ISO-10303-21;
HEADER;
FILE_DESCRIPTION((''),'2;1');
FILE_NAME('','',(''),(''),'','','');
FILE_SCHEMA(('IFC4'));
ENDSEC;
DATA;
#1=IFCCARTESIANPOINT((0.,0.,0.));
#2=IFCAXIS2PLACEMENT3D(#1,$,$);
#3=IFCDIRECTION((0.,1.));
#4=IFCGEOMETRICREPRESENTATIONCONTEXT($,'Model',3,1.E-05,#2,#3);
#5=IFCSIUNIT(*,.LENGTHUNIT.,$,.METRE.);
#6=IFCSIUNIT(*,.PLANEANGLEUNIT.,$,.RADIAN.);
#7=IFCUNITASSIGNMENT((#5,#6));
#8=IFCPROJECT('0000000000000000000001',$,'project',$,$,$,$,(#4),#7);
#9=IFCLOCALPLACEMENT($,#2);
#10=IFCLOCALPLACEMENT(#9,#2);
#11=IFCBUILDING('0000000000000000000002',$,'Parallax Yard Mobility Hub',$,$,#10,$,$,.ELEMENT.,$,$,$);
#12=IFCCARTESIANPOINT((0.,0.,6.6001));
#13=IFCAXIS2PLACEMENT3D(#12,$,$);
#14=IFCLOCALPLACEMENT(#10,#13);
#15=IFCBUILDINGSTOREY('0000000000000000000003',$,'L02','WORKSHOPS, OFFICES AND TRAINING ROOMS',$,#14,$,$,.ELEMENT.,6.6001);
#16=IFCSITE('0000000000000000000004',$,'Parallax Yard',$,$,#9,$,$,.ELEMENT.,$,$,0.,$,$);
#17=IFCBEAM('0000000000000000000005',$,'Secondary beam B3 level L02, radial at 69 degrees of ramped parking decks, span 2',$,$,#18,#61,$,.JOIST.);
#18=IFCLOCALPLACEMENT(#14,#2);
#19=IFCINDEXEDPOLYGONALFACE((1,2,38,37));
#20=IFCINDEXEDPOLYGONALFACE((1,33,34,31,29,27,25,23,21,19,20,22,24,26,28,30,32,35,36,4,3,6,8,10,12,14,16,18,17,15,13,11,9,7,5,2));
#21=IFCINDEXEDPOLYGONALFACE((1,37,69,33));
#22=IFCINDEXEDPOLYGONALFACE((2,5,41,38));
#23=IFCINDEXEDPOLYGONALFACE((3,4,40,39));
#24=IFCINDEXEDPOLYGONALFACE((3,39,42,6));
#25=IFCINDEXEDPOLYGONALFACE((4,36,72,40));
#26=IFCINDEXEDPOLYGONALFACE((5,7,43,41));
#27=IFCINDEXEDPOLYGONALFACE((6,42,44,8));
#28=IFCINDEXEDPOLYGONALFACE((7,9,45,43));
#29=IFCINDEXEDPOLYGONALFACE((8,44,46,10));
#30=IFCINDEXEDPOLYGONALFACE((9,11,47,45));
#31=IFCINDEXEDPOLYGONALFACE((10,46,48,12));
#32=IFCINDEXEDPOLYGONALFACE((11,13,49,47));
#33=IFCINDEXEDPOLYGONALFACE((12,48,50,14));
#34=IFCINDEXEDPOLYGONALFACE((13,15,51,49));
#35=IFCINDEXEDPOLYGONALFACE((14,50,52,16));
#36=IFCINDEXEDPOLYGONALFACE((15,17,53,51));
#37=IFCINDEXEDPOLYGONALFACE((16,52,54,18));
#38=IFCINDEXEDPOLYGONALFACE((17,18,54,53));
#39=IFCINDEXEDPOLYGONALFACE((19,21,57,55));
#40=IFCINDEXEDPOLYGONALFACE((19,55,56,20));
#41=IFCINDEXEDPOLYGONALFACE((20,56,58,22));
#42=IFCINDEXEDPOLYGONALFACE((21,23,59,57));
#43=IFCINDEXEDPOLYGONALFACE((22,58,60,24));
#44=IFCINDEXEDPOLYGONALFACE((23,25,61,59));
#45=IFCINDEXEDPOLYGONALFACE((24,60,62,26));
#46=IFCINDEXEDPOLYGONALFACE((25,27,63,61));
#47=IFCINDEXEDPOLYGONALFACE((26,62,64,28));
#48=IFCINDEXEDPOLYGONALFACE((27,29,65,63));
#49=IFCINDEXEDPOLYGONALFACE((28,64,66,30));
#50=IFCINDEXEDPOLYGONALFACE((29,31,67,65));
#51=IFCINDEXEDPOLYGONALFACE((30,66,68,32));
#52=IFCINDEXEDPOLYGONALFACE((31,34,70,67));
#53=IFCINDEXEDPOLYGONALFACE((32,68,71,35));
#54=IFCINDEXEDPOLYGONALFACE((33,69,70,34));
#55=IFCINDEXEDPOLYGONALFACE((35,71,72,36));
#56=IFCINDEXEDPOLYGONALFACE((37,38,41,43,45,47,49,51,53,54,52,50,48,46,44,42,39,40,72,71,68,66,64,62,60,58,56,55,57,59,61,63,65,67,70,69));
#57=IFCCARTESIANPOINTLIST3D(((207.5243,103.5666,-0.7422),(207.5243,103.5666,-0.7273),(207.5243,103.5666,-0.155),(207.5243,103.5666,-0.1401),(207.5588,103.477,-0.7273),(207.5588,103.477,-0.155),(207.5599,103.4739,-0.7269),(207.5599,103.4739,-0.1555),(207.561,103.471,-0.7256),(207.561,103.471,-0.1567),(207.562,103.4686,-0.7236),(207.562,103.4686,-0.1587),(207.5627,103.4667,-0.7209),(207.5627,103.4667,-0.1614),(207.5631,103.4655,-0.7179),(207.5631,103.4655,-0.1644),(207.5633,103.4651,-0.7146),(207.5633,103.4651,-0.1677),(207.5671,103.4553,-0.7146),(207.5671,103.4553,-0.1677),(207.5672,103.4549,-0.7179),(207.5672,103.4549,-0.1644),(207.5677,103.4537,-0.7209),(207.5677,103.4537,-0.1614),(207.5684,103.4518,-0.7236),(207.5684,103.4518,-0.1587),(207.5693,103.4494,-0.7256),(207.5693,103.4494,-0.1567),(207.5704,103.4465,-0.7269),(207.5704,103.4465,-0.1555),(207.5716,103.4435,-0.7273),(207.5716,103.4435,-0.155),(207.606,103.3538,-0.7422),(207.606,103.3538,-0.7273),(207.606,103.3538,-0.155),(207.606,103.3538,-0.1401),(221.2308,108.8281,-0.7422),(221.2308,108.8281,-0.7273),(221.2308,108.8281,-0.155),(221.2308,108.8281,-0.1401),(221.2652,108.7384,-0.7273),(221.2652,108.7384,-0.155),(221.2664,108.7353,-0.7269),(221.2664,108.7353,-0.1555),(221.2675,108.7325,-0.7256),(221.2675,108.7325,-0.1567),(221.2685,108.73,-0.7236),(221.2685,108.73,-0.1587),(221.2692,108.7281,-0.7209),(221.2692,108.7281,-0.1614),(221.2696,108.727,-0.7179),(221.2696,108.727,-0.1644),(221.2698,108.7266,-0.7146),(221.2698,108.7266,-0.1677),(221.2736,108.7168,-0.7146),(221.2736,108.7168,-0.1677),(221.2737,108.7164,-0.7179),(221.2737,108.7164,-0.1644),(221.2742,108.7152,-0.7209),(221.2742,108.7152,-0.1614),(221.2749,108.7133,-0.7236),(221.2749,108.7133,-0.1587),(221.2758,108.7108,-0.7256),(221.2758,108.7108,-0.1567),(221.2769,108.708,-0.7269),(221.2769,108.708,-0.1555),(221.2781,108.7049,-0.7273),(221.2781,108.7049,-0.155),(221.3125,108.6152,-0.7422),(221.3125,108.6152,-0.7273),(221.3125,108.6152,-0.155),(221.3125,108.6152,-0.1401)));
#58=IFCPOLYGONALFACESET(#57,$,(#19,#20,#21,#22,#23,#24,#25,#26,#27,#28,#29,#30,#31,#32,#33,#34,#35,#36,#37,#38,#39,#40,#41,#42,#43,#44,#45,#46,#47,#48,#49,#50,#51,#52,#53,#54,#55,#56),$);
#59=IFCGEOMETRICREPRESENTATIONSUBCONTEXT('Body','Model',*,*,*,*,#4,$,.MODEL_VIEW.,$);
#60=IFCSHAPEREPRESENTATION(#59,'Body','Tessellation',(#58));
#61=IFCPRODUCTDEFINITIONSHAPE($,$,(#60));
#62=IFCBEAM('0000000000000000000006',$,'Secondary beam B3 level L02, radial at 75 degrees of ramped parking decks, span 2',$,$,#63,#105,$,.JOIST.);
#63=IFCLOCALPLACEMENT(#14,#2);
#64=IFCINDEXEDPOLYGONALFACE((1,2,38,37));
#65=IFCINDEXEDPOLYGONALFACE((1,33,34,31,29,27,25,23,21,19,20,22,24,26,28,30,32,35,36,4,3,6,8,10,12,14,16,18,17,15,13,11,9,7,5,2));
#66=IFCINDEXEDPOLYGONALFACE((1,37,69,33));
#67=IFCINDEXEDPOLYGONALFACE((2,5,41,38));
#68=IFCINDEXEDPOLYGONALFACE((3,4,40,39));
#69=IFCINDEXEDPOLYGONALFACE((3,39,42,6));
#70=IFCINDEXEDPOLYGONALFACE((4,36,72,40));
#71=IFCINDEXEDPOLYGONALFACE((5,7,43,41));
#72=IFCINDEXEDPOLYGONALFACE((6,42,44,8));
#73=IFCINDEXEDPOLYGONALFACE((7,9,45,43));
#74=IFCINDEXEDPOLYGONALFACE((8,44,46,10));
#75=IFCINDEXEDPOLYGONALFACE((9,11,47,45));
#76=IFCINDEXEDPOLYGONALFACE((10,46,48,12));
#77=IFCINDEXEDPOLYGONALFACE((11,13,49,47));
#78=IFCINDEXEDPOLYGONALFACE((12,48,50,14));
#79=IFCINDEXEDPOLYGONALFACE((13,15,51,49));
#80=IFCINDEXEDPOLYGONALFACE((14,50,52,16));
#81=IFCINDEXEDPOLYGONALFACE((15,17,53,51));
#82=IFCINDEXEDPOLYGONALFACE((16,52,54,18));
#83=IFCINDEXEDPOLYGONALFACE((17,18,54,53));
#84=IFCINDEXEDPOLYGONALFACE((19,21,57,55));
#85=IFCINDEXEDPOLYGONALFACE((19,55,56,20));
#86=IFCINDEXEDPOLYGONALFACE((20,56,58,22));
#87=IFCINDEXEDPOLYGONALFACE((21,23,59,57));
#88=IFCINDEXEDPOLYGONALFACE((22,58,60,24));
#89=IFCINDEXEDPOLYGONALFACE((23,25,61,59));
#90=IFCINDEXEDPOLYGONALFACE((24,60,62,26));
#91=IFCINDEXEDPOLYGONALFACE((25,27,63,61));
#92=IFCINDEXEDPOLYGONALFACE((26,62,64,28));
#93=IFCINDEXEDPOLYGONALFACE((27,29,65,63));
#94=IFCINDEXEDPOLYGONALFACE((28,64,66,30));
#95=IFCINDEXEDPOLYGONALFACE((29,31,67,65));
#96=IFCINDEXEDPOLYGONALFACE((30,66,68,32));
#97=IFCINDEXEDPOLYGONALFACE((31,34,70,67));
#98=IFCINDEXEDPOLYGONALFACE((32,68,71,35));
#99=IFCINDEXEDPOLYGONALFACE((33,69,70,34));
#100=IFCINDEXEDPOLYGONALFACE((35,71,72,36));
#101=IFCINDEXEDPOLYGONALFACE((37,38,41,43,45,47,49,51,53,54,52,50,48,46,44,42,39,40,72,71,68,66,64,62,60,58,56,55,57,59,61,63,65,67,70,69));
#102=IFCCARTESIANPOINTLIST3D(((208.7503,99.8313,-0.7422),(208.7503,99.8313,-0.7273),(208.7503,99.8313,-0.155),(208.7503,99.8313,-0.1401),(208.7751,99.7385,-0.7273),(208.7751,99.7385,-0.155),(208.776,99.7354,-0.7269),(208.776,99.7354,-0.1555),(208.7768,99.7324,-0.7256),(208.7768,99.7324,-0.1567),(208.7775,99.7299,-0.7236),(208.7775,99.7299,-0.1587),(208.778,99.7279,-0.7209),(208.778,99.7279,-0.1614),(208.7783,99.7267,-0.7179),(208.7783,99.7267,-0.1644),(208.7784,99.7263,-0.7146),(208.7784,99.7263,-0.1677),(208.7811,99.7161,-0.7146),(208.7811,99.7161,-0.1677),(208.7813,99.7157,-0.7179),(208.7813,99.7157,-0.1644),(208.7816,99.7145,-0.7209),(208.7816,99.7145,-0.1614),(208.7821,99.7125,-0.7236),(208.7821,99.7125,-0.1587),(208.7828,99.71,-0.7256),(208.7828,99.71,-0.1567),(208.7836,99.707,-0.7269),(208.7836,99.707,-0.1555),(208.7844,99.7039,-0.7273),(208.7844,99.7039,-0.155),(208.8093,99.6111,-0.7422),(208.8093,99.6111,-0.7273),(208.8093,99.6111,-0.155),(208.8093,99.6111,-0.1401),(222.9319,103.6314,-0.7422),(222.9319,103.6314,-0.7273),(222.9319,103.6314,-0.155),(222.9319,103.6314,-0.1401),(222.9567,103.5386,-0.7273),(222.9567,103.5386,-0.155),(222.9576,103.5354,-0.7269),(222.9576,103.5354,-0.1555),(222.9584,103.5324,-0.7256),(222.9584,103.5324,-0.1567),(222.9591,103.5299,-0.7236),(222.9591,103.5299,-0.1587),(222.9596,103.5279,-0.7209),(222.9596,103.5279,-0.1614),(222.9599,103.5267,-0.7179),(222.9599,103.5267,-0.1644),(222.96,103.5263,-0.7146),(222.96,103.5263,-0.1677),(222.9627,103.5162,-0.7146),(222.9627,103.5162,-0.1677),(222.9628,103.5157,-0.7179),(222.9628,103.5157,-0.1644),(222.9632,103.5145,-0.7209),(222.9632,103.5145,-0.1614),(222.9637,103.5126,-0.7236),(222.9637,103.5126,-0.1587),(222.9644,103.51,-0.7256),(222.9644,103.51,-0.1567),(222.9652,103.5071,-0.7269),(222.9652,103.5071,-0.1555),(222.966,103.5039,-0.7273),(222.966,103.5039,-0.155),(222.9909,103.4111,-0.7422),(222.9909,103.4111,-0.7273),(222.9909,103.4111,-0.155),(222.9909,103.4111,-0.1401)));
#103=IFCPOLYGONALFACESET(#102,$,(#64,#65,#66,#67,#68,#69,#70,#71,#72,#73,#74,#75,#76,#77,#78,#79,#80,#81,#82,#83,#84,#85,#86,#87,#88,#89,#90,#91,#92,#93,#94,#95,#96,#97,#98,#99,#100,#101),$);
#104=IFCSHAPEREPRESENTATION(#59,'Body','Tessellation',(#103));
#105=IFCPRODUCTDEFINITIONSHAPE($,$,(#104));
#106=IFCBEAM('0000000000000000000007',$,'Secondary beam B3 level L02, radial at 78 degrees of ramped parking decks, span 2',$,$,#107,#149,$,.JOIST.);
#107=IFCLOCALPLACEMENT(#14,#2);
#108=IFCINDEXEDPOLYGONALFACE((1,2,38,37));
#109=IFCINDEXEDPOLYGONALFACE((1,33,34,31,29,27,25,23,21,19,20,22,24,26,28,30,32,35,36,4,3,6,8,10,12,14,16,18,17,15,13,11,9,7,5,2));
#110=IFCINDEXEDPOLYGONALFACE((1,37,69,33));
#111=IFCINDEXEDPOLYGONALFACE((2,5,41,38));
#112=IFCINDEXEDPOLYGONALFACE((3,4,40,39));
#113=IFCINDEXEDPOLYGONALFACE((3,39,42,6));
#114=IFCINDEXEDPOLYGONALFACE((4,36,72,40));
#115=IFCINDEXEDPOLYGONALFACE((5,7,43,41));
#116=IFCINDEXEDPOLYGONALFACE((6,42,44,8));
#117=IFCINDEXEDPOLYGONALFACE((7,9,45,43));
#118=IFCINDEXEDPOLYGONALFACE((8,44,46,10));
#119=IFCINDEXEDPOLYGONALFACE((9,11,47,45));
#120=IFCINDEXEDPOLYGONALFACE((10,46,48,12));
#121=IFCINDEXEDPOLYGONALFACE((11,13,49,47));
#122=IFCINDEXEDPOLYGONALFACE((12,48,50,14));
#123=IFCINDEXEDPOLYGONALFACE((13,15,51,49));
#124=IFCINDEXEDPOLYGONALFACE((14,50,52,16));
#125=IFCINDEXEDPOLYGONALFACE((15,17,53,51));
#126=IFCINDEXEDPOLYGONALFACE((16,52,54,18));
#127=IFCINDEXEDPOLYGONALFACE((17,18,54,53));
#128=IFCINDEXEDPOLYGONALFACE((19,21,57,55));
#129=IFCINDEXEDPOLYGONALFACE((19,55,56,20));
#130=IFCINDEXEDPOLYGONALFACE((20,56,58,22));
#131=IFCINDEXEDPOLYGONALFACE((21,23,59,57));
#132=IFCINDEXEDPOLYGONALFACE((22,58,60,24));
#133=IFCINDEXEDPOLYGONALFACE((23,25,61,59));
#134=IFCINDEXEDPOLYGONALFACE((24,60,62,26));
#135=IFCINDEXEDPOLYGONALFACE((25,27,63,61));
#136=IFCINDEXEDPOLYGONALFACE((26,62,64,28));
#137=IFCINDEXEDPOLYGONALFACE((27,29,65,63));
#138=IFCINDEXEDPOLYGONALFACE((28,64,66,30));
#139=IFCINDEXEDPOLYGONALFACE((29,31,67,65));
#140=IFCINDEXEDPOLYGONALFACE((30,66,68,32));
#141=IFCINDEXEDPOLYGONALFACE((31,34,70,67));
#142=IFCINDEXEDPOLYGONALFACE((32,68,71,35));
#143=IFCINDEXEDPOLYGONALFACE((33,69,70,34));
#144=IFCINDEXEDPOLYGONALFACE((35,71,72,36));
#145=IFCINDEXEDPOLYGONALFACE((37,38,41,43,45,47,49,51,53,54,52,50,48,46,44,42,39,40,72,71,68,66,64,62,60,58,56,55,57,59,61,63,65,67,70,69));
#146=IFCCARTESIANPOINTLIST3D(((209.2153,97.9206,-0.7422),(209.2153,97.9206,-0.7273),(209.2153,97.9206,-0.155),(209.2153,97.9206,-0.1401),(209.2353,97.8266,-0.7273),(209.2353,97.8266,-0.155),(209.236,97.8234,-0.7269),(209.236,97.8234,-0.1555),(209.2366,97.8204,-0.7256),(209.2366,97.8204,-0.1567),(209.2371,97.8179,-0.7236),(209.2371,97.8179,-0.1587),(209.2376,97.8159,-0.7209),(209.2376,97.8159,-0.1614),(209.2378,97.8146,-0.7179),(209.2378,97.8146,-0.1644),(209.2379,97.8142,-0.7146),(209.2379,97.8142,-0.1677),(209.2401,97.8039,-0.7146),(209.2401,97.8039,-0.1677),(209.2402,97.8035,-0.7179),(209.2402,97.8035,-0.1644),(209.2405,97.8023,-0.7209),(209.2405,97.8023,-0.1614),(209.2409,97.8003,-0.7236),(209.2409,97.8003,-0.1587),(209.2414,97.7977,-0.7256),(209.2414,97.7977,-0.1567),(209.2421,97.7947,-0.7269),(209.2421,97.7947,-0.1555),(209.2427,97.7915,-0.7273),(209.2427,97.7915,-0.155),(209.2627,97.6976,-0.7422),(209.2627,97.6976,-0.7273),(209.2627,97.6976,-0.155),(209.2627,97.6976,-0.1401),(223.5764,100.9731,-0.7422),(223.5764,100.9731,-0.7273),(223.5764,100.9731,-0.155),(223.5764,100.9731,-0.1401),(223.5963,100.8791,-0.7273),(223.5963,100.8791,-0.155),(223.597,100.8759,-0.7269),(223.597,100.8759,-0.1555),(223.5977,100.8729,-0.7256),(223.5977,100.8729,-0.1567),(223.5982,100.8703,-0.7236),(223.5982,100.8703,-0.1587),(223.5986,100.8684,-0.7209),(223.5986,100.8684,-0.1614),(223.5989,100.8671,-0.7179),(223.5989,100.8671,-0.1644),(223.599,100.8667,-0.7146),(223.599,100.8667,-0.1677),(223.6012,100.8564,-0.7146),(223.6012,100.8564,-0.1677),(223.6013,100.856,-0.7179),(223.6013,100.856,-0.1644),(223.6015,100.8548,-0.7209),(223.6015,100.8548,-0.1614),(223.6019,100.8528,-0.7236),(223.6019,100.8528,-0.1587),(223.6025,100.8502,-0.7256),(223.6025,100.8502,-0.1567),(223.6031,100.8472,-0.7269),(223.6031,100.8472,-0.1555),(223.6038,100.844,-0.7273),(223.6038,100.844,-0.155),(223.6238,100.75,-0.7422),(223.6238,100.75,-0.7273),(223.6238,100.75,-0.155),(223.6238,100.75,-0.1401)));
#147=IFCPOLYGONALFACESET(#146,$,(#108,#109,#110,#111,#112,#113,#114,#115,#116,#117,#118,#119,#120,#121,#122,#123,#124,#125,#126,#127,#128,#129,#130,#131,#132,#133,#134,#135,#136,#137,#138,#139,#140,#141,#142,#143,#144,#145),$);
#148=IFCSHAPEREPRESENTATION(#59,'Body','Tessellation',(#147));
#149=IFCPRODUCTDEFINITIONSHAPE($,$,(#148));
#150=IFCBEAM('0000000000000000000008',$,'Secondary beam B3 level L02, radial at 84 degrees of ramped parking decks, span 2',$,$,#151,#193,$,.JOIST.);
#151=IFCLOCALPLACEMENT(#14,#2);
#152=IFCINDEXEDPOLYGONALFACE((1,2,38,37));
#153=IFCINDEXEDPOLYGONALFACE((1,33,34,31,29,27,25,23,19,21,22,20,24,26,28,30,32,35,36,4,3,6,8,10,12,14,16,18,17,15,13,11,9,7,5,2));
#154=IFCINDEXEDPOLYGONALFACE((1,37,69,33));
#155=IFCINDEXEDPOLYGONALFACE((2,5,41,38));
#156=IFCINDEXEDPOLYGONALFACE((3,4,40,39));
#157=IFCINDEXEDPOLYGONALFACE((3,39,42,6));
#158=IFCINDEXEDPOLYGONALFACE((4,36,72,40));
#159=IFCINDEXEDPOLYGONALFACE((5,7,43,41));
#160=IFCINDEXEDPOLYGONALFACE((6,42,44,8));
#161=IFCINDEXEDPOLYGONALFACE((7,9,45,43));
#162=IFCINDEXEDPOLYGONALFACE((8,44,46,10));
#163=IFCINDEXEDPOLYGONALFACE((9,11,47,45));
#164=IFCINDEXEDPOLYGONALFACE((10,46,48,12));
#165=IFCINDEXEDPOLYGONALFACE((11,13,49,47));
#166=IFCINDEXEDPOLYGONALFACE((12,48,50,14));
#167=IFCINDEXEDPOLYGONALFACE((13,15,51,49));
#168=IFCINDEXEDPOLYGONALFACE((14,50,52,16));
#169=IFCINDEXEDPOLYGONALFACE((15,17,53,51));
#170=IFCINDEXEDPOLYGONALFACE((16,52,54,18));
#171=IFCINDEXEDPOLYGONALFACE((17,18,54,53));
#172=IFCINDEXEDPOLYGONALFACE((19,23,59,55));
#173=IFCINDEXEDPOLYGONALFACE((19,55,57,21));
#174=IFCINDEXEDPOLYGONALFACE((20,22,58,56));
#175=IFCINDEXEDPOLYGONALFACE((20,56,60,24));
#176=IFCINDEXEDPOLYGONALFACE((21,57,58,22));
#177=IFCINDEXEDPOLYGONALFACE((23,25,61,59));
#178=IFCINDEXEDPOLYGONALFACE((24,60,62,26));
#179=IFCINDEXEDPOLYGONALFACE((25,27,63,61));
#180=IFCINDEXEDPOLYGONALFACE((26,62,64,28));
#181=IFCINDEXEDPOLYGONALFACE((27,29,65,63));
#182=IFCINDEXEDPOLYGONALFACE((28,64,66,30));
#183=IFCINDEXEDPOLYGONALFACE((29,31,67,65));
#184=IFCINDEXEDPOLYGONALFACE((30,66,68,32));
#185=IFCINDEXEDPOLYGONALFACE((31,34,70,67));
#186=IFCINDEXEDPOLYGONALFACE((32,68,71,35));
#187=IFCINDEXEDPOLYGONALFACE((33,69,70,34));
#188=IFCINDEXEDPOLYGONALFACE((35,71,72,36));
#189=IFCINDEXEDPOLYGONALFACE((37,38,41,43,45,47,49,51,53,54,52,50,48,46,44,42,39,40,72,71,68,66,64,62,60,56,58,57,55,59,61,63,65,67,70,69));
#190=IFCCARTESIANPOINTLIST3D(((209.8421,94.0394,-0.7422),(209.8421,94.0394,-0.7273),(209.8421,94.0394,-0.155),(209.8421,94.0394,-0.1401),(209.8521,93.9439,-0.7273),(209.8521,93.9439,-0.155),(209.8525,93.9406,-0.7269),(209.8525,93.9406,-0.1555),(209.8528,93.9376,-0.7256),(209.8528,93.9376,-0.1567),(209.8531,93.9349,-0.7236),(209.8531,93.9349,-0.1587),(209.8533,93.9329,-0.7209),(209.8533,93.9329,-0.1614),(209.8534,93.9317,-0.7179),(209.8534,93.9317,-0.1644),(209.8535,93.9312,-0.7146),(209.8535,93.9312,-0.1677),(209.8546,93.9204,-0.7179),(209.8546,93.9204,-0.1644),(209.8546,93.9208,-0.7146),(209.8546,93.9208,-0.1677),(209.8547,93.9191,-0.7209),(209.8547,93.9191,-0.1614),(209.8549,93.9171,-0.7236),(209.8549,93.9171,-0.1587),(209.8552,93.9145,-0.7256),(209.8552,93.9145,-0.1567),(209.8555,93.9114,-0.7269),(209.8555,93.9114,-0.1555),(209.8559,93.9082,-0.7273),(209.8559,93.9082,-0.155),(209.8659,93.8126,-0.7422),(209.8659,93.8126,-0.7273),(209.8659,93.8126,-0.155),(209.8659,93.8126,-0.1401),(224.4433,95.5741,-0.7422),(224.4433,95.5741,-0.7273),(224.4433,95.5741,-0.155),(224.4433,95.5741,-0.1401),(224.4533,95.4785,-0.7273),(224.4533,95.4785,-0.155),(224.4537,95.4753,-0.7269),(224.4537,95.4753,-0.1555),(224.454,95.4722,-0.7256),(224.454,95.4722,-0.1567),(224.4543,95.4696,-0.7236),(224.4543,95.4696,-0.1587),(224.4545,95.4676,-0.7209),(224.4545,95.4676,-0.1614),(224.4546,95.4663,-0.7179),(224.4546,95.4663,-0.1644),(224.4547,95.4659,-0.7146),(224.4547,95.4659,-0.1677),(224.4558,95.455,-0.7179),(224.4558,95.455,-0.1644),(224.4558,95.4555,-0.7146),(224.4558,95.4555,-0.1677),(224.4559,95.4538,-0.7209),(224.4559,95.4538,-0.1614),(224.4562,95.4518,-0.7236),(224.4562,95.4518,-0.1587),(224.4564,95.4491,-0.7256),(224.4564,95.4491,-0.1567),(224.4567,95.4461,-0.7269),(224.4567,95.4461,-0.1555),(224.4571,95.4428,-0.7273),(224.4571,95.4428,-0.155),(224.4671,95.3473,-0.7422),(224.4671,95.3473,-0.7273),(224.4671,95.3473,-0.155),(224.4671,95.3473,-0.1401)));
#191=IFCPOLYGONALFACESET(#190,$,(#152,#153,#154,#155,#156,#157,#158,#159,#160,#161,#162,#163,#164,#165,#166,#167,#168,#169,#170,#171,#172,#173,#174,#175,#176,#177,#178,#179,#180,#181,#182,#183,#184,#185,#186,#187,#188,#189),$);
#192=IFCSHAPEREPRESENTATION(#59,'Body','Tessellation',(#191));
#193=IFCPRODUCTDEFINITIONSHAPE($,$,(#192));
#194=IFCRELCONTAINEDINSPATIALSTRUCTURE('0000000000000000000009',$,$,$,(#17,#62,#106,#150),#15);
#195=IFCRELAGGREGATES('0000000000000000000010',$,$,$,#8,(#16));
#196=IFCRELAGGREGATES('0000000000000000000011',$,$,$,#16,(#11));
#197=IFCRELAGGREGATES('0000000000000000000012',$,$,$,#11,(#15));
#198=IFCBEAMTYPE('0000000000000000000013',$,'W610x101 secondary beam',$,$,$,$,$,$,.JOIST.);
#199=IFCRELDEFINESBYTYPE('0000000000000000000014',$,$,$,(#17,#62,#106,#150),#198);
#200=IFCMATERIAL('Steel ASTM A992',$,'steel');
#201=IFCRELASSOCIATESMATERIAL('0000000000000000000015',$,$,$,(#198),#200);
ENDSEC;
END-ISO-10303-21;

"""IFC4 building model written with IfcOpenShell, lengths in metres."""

from ifc_helpers import new_model, si_unit, direction, frame, origin, origin_2d, place, context, subcontext, project, spatial, i_section, extrude, material, material_profile, profile_set, type_object, element, save


model = new_model("IFC4")

# Units and contexts
model_context = context("Model", 3, precision=1e-05, world=origin(), true_north=direction((0.0, 1.0)))
body_context = subcontext(model_context, "Body", "Model", "MODEL_VIEW")
ifc_project = project(units=[si_unit("LENGTHUNIT", "METRE"), si_unit("PLANEANGLEUNIT", "RADIAN")], contexts=[model_context])

# Site, building, storey
site_placement = place(None, origin())
site = spatial("IfcSite", under=ifc_project, at=site_placement, Name="Parallax Yard", CompositionType="ELEMENT", RefElevation=0.0)
building_placement = place(site_placement, origin())
building = spatial("IfcBuilding", under=site, at=building_placement, Name="Parallax Yard Mobility Hub", CompositionType="ELEMENT")
storey_placement = place(building_placement, frame((0.0, 0.0, 6.6001)))
storey = spatial("IfcBuildingStorey", under=building, at=storey_placement, Name="L02", Description="WORKSHOPS, OFFICES AND TRAINING ROOMS", CompositionType="ELEMENT", Elevation=6.6001)

# Shared definitions
ifc_material_1 = material(Name="Steel ASTM A992", Category="steel")

# Beams
ifc_material_profile_1 = material_profile(ifc_material_1, i_section(OverallWidth=0.228, OverallDepth=0.6021, WebThickness=0.0105, FlangeThickness=0.0149, FilletRadius=0.0127, at=origin_2d()), Name="W610x101")
ifc_profile_set_1 = profile_set([ifc_material_profile_1], Name="Steel ASTM A992")
beam_type_1 = type_object("IfcBeamType", Name="W610x101 secondary beam", PredefinedType="JOIST", material=ifc_profile_set_1)
beam_1_placement = place(storey_placement, frame((207.5652, 103.4602, -0.4412), z_axis=(0.93358, 0.358369, 0.0), x_axis=(-0.358369, 0.93358, 0.0)))
element("IfcBeam", 1, at=beam_1_placement, inside=storey, type_object=beam_type_1, Name="Secondary beam B3 level L02, radial at 69 degrees of ramped parking decks, span 2", PredefinedType="JOIST", context=body_context, shape_type="SweptSolid", body=[
    extrude(i_section(OverallWidth=0.228, OverallDepth=0.6021, WebThickness=0.0105, FlangeThickness=0.0149, FilletRadius=0.0127, at=origin_2d()), origin(), (0.0, 0.0, 1.0), 14.6816),
])
for number, where, z_axis, x_axis, name in (
    (2, (208.7798, 99.7212, -0.4412), (0.965924, 0.258825, 0.0), (-0.258825, 0.965924, 0.0), "Secondary beam B3 level L02, radial at 75 degrees of ramped parking decks, span 2"),
    (3, (209.239, 97.8091, -0.4412), (0.978148, 0.207908, 0.0), (-0.207908, 0.978148, 0.0), "Secondary beam B3 level L02, radial at 78 degrees of ramped parking decks, span 2"),
):
    element("IfcBeam", number, at=place(storey_placement, frame(where, z_axis=z_axis, x_axis=x_axis)), inside=storey, type_object=beam_type_1, Name=name, PredefinedType="JOIST", context=body_context, shape_type="SweptSolid", body=[
        extrude(i_section(OverallWidth=0.228, OverallDepth=0.6021, WebThickness=0.0105, FlangeThickness=0.0149, FilletRadius=0.0127, at=origin_2d()), origin(), (0.0, 0.0, 1.0), 14.6819),
    ])
for number, where, z_axis, x_axis, name in (
    (4, (209.854, 93.926, -0.4412), (0.994522, 0.104529, 0.0), (-0.104529, 0.994522, 0.0), "Secondary beam B3 level L02, radial at 84 degrees of ramped parking decks, span 2"),
):
    element("IfcBeam", number, at=place(storey_placement, frame(where, z_axis=z_axis, x_axis=x_axis)), inside=storey, type_object=beam_type_1, Name=name, PredefinedType="JOIST", context=body_context, shape_type="SweptSolid", body=[
        extrude(i_section(OverallWidth=0.228, OverallDepth=0.6021, WebThickness=0.0105, FlangeThickness=0.0149, FilletRadius=0.0127, at=origin_2d()), origin(), (0.0, 0.0, 1.0), 14.6816),
    ])

save(model, "model.ifc")
